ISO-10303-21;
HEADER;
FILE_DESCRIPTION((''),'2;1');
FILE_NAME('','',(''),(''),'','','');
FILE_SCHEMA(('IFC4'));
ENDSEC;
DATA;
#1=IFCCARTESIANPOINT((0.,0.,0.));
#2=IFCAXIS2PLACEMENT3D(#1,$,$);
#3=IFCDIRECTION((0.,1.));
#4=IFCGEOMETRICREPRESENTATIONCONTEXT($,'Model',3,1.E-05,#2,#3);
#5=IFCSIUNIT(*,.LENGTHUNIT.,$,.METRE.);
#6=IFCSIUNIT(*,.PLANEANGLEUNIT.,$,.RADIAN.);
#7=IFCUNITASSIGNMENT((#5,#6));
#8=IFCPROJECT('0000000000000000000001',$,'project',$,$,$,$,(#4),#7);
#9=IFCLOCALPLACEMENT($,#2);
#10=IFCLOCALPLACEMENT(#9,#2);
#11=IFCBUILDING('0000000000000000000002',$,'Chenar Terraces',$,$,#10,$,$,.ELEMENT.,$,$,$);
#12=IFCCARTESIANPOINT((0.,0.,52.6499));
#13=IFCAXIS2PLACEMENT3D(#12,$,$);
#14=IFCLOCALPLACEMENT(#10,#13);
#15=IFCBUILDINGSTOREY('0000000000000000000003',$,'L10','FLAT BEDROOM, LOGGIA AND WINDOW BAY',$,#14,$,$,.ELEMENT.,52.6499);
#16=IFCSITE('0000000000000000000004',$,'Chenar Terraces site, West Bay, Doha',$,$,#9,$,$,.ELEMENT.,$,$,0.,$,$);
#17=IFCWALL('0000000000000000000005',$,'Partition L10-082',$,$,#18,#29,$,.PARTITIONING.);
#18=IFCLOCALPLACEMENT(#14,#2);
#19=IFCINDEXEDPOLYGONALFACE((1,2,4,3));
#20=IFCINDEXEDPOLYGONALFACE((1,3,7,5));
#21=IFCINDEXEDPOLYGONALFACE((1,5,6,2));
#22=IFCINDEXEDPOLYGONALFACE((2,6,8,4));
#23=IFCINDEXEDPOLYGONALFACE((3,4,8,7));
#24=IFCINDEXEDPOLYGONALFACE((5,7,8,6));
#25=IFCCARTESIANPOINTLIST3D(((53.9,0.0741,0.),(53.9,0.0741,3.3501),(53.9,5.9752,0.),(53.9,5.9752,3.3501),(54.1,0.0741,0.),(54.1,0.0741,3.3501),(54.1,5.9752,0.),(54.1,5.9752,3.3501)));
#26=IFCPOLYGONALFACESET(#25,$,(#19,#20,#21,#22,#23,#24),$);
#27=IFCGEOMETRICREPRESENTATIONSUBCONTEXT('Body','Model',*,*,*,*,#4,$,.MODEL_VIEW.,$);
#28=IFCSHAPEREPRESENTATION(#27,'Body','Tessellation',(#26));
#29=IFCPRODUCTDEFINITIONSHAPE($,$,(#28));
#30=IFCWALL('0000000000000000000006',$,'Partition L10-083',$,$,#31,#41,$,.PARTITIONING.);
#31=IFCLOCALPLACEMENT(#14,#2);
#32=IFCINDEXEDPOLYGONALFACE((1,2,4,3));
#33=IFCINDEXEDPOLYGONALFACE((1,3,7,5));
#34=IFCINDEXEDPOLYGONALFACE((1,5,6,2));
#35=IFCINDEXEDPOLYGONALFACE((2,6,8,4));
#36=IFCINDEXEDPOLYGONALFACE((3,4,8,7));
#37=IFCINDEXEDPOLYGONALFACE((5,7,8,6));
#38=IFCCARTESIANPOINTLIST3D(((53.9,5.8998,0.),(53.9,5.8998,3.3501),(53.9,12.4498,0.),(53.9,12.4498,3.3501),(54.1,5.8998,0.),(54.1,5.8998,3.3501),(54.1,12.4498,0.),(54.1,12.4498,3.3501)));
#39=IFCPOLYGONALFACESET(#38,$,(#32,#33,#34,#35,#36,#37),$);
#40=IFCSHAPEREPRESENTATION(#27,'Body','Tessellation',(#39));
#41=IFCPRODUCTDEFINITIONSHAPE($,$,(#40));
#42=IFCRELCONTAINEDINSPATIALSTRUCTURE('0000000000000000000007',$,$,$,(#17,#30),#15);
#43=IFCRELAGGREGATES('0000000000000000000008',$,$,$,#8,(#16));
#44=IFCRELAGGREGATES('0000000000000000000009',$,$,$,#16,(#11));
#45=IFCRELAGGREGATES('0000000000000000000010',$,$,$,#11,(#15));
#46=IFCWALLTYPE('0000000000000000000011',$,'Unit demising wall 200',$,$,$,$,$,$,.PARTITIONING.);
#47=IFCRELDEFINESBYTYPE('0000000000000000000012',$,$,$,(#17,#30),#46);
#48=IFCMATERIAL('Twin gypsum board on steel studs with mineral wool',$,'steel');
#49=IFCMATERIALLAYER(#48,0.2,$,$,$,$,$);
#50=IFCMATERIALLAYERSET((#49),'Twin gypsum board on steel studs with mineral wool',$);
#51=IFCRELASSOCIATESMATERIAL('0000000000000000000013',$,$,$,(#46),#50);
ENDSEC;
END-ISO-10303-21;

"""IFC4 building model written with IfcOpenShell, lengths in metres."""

from ifc_helpers import new_model, si_unit, direction, frame, frame_2d, origin, place, context, subcontext, project, spatial, rectangle, extrude, material, layer, layer_set, type_object, element, save


model = new_model("IFC4")

# Units and contexts
model_context = context("Model", 3, precision=1e-05, world=origin(), true_north=direction((0.0, 1.0)))
body_context = subcontext(model_context, "Body", "Model", "MODEL_VIEW")
ifc_project = project(units=[si_unit("LENGTHUNIT", "METRE"), si_unit("PLANEANGLEUNIT", "RADIAN")], contexts=[model_context])

# Site, building, storey
site_placement = place(None, origin())
site = spatial("IfcSite", under=ifc_project, at=site_placement, Name="Chenar Terraces site, West Bay, Doha", CompositionType="ELEMENT", RefElevation=0.0)
building_placement = place(site_placement, origin())
building = spatial("IfcBuilding", under=site, at=building_placement, Name="Chenar Terraces", CompositionType="ELEMENT")
storey_placement = place(building_placement, frame((0.0, 0.0, 52.6499)))
storey = spatial("IfcBuildingStorey", under=building, at=storey_placement, Name="L10", Description="FLAT BEDROOM, LOGGIA AND WINDOW BAY", CompositionType="ELEMENT", Elevation=52.6499)

# Walls
ifc_material_1 = material(Name="Twin gypsum board on steel studs with mineral wool", Category="steel")
ifc_layer_1 = layer(ifc_material_1, 0.2)
ifc_layer_set_1 = layer_set([ifc_layer_1], Name="Twin gypsum board on steel studs with mineral wool")
wall_type_1 = type_object("IfcWallType", Name="Unit demising wall 200", PredefinedType="PARTITIONING", material=ifc_layer_set_1)
wall_1_placement = place(storey_placement, frame((54.0, 0.074, 0.0), z_axis=(0.0, 0.0, 1.0), x_axis=(0.0, 1.0, 0.0)))
element("IfcWall", 1, at=wall_1_placement, inside=storey, type_object=wall_type_1, Name="Partition L10-082", PredefinedType="PARTITIONING", context=body_context, shape_type="SweptSolid", body=[
    extrude(rectangle(XDim=5.9011, YDim=0.2, at=frame_2d((2.9507, 0.0))), origin(), (0.0, 0.0, 1.0), 3.3501),
])
wall_2_placement = place(storey_placement, frame((54.0, 5.8999, 0.0), z_axis=(0.0, 0.0, 1.0), x_axis=(0.0, 1.0, 0.0)))
element("IfcWall", 2, at=wall_2_placement, inside=storey, type_object=wall_type_1, Name="Partition L10-083", PredefinedType="PARTITIONING", context=body_context, shape_type="SweptSolid", body=[
    extrude(rectangle(XDim=6.55, YDim=0.2, at=frame_2d((3.2749, 0.0))), origin(), (0.0, 0.0, 1.0), 3.3501),
])

save(model, "model.ifc")
